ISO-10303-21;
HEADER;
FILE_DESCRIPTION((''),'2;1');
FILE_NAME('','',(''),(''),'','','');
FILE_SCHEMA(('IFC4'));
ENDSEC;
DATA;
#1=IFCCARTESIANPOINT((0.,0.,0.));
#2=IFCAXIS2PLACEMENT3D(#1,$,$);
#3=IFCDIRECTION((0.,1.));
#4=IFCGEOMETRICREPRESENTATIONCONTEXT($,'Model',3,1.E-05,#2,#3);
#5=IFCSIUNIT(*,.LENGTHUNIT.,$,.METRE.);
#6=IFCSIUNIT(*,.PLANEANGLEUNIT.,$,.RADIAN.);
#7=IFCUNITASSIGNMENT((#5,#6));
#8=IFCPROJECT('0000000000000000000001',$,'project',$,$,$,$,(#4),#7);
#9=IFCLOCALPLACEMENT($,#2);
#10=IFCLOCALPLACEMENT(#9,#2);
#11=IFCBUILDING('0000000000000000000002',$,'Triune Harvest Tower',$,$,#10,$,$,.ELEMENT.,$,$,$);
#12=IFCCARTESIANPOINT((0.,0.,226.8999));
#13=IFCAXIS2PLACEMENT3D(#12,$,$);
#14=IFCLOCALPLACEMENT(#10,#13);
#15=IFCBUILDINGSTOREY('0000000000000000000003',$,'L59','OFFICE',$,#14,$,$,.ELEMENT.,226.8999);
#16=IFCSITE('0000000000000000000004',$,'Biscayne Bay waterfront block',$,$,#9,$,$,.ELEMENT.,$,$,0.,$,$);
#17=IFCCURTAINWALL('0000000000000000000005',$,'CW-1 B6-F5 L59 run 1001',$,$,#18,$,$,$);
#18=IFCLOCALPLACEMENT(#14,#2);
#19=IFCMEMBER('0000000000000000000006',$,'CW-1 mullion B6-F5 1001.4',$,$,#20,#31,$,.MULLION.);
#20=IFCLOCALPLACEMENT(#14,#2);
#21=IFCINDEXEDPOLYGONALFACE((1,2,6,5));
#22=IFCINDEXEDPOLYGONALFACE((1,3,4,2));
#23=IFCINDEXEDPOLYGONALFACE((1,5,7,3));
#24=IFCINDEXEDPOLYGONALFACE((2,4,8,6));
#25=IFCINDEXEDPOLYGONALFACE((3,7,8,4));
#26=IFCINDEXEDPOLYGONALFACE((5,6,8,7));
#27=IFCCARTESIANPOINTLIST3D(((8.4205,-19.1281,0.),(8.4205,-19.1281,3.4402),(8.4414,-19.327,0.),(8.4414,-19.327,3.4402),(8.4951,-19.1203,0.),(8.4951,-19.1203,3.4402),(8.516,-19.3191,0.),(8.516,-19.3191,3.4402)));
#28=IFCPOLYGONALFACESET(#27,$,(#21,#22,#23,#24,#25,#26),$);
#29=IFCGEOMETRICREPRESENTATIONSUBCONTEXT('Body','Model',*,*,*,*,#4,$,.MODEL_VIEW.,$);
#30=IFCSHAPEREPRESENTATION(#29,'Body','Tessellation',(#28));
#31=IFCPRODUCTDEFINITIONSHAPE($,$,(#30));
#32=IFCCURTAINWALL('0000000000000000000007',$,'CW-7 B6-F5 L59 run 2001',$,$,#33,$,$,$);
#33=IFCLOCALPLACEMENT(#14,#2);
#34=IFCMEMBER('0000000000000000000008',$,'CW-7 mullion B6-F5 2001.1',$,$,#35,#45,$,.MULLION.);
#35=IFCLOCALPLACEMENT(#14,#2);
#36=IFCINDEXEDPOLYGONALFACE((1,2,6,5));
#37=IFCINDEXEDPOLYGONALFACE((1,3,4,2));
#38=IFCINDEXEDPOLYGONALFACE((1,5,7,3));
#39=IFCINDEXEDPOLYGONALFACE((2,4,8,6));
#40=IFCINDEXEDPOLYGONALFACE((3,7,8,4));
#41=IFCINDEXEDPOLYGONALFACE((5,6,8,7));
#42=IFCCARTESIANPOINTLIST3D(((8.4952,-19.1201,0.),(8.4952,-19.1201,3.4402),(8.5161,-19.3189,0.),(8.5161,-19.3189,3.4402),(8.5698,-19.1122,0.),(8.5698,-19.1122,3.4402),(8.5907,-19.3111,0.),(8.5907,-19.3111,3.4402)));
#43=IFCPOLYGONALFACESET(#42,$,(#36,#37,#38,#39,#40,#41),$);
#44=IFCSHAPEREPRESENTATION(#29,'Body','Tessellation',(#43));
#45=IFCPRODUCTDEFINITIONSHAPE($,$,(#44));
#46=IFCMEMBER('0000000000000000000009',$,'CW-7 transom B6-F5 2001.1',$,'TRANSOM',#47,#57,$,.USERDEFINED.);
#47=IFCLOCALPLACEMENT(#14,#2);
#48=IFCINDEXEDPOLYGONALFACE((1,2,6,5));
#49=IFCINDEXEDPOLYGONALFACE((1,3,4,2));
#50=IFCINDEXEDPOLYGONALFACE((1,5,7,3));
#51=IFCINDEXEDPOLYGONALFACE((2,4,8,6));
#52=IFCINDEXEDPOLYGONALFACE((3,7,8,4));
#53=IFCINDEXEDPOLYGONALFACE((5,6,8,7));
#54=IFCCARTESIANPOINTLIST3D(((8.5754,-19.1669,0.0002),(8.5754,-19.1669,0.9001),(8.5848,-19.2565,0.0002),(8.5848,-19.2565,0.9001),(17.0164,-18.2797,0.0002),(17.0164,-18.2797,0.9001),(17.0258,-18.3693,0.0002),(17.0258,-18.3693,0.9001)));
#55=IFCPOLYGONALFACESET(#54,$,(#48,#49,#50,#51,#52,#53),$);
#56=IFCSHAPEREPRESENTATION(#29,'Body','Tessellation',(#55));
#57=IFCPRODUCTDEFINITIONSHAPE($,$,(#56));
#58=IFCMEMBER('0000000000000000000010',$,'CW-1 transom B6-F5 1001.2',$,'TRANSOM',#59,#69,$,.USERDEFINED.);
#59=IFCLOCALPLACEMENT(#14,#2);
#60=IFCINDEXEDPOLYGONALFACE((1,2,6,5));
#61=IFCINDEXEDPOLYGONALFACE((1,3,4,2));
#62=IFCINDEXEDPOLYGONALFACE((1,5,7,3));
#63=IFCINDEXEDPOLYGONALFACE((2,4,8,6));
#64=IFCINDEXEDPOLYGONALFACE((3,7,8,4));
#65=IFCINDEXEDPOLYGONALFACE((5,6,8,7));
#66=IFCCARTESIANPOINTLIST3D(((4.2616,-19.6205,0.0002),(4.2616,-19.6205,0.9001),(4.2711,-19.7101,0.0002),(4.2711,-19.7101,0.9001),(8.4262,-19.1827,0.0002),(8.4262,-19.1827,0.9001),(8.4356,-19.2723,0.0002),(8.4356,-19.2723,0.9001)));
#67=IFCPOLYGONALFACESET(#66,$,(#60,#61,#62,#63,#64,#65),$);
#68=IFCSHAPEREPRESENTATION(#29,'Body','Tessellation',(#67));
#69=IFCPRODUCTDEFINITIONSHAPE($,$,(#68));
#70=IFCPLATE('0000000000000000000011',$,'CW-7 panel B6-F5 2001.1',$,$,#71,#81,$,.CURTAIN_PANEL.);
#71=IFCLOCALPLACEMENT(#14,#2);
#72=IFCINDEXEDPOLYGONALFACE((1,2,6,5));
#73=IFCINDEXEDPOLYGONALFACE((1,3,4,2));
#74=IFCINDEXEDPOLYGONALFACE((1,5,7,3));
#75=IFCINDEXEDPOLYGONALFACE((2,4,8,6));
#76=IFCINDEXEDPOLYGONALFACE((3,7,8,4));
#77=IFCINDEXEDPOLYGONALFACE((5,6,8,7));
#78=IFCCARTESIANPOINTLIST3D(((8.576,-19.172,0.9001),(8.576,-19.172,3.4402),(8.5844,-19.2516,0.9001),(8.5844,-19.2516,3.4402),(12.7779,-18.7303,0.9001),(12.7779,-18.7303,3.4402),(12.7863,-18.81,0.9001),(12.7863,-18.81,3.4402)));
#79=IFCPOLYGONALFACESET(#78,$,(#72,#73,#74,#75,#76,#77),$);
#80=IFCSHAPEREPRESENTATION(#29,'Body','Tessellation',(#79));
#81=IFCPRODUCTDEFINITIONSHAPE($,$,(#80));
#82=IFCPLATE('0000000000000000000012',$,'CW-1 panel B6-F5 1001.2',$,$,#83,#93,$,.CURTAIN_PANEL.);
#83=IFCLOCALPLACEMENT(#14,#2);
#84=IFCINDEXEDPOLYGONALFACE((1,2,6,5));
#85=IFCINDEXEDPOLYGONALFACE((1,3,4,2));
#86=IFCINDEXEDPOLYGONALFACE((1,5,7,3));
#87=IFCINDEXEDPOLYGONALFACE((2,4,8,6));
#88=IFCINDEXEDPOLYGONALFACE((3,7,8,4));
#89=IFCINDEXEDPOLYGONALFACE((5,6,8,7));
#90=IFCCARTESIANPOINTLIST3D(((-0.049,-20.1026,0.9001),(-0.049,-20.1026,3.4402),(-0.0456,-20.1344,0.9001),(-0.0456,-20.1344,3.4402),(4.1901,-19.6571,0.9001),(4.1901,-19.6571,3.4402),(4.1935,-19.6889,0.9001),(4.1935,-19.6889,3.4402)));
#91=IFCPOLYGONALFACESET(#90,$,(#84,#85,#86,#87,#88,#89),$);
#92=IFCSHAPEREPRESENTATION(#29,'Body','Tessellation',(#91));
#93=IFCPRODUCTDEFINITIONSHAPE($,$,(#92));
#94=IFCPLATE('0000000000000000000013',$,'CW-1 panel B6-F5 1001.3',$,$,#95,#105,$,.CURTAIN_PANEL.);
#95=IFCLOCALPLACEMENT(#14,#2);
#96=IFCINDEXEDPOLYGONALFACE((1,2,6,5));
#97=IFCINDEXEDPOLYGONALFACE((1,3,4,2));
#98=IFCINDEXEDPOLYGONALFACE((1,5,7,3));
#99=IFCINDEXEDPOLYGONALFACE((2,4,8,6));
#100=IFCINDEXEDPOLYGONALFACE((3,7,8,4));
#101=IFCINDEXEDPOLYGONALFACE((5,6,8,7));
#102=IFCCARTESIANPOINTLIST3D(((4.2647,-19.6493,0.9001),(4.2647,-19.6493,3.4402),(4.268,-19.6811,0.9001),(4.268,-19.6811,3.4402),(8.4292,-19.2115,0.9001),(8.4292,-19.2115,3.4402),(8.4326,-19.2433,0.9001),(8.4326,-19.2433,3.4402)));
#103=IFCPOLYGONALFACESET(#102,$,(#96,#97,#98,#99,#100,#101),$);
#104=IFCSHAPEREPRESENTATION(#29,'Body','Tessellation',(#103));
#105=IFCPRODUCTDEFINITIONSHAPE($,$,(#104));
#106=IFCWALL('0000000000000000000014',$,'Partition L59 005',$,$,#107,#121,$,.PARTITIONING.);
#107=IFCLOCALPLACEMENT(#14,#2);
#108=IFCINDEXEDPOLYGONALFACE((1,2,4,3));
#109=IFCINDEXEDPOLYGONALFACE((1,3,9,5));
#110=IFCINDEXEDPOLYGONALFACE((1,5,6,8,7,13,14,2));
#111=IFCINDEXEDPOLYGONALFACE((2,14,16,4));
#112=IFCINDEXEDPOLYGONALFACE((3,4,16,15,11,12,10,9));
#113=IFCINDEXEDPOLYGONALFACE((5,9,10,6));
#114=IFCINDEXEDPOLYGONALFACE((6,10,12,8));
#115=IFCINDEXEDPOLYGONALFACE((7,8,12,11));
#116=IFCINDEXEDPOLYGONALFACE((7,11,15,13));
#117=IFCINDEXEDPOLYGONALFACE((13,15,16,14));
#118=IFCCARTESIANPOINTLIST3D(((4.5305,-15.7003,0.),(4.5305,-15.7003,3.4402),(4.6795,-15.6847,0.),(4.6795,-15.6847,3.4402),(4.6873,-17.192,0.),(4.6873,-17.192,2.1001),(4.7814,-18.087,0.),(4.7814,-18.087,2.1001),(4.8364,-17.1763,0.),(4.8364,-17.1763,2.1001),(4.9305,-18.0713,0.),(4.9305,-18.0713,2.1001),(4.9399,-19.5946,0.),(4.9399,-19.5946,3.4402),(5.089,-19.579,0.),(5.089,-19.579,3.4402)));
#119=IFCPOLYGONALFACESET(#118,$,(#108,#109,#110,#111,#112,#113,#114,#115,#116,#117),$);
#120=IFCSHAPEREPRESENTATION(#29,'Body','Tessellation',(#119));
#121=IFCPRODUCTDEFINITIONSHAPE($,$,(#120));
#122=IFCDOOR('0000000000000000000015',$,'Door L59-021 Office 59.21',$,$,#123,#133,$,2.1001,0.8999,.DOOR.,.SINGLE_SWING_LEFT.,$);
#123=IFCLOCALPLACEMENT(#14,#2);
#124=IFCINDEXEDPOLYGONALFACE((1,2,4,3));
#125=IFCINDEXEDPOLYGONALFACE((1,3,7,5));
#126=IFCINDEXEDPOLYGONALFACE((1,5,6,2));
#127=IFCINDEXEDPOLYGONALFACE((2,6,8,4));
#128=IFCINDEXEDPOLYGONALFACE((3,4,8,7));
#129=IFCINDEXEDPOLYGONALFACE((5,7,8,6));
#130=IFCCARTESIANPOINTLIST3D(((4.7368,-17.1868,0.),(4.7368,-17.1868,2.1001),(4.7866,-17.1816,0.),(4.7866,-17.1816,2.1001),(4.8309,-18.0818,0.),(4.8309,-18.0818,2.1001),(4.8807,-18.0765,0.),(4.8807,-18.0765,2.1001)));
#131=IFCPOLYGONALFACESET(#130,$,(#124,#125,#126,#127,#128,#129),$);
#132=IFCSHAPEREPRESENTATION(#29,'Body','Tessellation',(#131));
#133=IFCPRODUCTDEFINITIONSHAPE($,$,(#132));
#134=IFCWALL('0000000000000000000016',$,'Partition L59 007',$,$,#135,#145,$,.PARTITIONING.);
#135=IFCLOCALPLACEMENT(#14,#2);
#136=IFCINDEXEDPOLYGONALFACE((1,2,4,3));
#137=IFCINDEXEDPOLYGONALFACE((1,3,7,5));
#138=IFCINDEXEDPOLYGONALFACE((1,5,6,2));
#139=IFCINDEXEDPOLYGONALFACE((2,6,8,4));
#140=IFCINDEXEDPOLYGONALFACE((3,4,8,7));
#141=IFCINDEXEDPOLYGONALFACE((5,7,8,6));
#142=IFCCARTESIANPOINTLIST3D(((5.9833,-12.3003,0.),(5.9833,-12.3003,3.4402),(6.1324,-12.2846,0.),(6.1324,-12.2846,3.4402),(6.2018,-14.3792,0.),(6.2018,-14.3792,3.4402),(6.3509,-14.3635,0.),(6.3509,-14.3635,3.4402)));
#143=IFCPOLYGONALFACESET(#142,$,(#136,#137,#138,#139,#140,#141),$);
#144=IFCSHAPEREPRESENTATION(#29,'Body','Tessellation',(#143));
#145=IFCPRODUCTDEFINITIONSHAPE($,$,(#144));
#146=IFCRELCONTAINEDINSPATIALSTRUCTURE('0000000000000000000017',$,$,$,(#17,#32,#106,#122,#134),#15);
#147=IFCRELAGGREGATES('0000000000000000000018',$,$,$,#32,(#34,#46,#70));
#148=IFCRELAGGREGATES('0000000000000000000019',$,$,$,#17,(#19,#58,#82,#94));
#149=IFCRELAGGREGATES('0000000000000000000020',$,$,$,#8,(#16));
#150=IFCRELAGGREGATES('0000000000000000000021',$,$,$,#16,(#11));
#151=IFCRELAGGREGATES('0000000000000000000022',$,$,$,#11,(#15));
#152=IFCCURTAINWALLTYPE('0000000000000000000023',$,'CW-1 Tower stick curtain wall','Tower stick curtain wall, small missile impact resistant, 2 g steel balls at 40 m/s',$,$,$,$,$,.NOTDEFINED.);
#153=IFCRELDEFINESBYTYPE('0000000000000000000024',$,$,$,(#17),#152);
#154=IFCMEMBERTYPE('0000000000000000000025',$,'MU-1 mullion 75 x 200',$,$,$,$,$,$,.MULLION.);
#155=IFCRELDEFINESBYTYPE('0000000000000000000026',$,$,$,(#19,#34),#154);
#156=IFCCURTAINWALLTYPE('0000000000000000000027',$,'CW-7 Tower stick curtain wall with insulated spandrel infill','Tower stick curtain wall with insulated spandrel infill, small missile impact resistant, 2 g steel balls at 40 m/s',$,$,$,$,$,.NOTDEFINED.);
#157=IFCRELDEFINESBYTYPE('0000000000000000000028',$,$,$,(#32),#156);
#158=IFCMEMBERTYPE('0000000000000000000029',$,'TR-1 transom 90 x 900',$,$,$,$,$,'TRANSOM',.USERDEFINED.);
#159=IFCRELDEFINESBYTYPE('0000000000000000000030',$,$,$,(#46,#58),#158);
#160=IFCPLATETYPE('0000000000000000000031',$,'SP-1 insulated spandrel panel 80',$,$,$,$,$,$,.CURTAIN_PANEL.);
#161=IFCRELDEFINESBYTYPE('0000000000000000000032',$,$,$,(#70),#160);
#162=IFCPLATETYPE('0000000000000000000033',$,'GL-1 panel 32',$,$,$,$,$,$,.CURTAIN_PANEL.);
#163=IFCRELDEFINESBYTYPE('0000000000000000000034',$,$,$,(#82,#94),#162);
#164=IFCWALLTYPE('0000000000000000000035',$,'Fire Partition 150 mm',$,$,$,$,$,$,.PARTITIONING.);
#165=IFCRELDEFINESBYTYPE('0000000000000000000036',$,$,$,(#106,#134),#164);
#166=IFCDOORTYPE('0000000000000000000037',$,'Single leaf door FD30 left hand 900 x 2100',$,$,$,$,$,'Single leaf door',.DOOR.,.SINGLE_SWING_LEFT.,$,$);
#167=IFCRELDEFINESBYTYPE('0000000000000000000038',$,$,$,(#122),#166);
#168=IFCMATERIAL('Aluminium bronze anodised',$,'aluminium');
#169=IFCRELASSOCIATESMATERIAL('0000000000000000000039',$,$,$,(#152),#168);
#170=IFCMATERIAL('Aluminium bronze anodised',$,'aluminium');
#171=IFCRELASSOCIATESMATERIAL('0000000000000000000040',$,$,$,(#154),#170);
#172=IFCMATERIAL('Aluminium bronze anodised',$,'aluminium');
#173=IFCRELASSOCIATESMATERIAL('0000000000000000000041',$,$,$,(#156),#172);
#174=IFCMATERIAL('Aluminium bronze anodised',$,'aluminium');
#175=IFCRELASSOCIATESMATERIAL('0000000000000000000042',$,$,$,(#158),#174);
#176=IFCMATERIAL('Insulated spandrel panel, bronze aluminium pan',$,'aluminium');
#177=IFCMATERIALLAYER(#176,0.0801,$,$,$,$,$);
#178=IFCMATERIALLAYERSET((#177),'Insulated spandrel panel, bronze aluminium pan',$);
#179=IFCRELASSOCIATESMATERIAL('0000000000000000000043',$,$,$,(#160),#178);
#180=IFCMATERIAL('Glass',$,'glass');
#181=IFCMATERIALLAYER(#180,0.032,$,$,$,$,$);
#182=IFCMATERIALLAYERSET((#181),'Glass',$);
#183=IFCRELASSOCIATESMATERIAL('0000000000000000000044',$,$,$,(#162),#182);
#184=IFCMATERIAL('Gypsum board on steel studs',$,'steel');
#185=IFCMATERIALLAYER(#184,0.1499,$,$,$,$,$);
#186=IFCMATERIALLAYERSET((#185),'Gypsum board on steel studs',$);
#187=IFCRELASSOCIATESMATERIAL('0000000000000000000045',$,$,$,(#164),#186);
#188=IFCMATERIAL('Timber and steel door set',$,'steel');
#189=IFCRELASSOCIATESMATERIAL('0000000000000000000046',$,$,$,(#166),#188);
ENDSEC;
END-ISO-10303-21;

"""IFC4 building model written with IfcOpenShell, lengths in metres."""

from ifc_helpers import new_model, si_unit, direction, frame, frame_2d, origin, origin_2d, place, context, subcontext, project, spatial, rectangle, extrude, source, transform, mapped, material, layer, layer_set, material_profile, profile_set, type_object, element, fill, aggregate, save


model = new_model("IFC4")

# Units and contexts
model_context = context("Model", 3, precision=1e-05, world=origin(), true_north=direction((0.0, 1.0)))
body_context = subcontext(model_context, "Body", "Model", "MODEL_VIEW")
ifc_project = project(units=[si_unit("LENGTHUNIT", "METRE"), si_unit("PLANEANGLEUNIT", "RADIAN")], contexts=[model_context])

# Site, building, storey
site_placement = place(None, origin())
site = spatial("IfcSite", under=ifc_project, at=site_placement, Name="Biscayne Bay waterfront block", CompositionType="ELEMENT", RefElevation=0.0)
building_placement = place(site_placement, origin())
building = spatial("IfcBuilding", under=site, at=building_placement, Name="Triune Harvest Tower", CompositionType="ELEMENT")
storey_placement = place(building_placement, frame((0.0, 0.0, 226.8999)))
storey = spatial("IfcBuildingStorey", under=building, at=storey_placement, Name="L59", Description="OFFICE", CompositionType="ELEMENT", Elevation=226.8999)

# Curtain walls, members
ifc_material_1 = material(Name="Aluminium bronze anodised", Category="aluminium")
curtain_wall_type_1 = type_object("IfcCurtainWallType", Name="CW-1 Tower stick curtain wall", Description="Tower stick curtain wall, small missile impact resistant, 2 g steel balls at 40 m/s", PredefinedType="NOTDEFINED", material=ifc_material_1)
curtain_wall_1_placement = place(storey_placement, origin())
curtain_wall_1 = element("IfcCurtainWall", 1, at=curtain_wall_1_placement, inside=storey, type_object=curtain_wall_type_1, Name="CW-1 B6-F5 L59 run 1001")
ifc_material_2 = material(Name="Aluminium bronze anodised", Category="aluminium")
ifc_material_profile_1 = material_profile(ifc_material_2, rectangle(XDim=0.2, YDim=0.075, at=origin_2d()), Name="MU-1 mullion 75 x 200")
ifc_profile_set_1 = profile_set([ifc_material_profile_1], Name="Aluminium bronze anodised")
member_type_1 = type_object("IfcMemberType", Name="MU-1 mullion 75 x 200", PredefinedType="MULLION", material=ifc_profile_set_1)
shared_shape_1 = source(origin(), body_context, "Body", "SweptSolid", [
    extrude(rectangle(XDim=0.2, YDim=0.075, at=origin_2d()), origin(), (0.0, 0.0, 1.0), 3.4402),
])
member_1_placement = place(storey_placement, frame((8.4683, -19.2236, 0.0), z_axis=(0.0, 0.0, 1.0), x_axis=(-0.104535, 0.994521, 0.0)))
member_1 = element("IfcMember", 2, at=member_1_placement, type_object=member_type_1, Name="CW-1 mullion B6-F5 1001.4", PredefinedType="MULLION", context=body_context, shape_type="MappedRepresentation", body=[
    mapped(shared_shape_1, transform((0.0, 0.0, 0.0), scale=1.0)),
])
ifc_material_3 = material(Name="Aluminium bronze anodised", Category="aluminium")
curtain_wall_type_2 = type_object("IfcCurtainWallType", Name="CW-7 Tower stick curtain wall with insulated spandrel infill", Description="Tower stick curtain wall with insulated spandrel infill, small missile impact resistant, 2 g steel balls at 40 m/s", PredefinedType="NOTDEFINED", material=ifc_material_3)
curtain_wall_2_placement = place(storey_placement, origin())
curtain_wall_2 = element("IfcCurtainWall", 3, at=curtain_wall_2_placement, inside=storey, type_object=curtain_wall_type_2, Name="CW-7 B6-F5 L59 run 2001")
member_2_placement = place(storey_placement, frame((8.543, -19.2156, 0.0), z_axis=(0.0, 0.0, 1.0), x_axis=(-0.104528, 0.994522, 0.0)))
member_2 = element("IfcMember", 4, at=member_2_placement, type_object=member_type_1, Name="CW-7 mullion B6-F5 2001.1", PredefinedType="MULLION", context=body_context, shape_type="MappedRepresentation", body=[
    mapped(shared_shape_1, transform((0.0, 0.0, 0.0), scale=1.0)),
])
ifc_material_4 = material(Name="Aluminium bronze anodised", Category="aluminium")
ifc_material_profile_2 = material_profile(ifc_material_4, rectangle(XDim=0.0901, YDim=0.8999, at=origin_2d()), Name="TR-1 transom 90 x 900")
ifc_profile_set_2 = profile_set([ifc_material_profile_2], Name="Aluminium bronze anodised")
member_type_2 = type_object("IfcMemberType", Name="TR-1 transom 90 x 900", ElementType="TRANSOM", PredefinedType="USERDEFINED", material=ifc_profile_set_2)
shared_shape_2 = source(origin(), body_context, "Body", "SweptSolid", [
    extrude(rectangle(XDim=0.0901, YDim=0.8999, at=origin_2d()), origin(), (0.0, 0.0, 1.0), 8.4875),
])
member_3_placement = place(storey_placement, frame((8.5801, -19.2117, 0.4502), z_axis=(0.994522, 0.104529, 0.0), x_axis=(-0.104529, 0.994522, 0.0)))
member_3 = element("IfcMember", 5, at=member_3_placement, type_object=member_type_2, Name="CW-7 transom B6-F5 2001.1", ObjectType="TRANSOM", PredefinedType="USERDEFINED", context=body_context, shape_type="MappedRepresentation", body=[
    mapped(shared_shape_2, transform((0.0, 0.0, 0.0), scale=1.0)),
])

# Member
shared_shape_3 = source(origin(), body_context, "Body", "SweptSolid", [
    extrude(rectangle(XDim=0.0901, YDim=0.8999, at=origin_2d()), origin(), (0.0, 0.0, 1.0), 4.1875),
])
member_4_placement = place(storey_placement, frame((4.2664, -19.6653, 0.4502), z_axis=(0.994521, 0.104536, 0.0), x_axis=(-0.104536, 0.994521, 0.0)))
member_4 = element("IfcMember", 6, at=member_4_placement, type_object=member_type_2, Name="CW-1 transom B6-F5 1001.2", ObjectType="TRANSOM", PredefinedType="USERDEFINED", context=body_context, shape_type="MappedRepresentation", body=[
    mapped(shared_shape_3, transform((0.0, 0.0, 0.0), scale=1.0)),
])

# Plates
ifc_material_5 = material(Name="Insulated spandrel panel, bronze aluminium pan", Category="aluminium")
ifc_layer_1 = layer(ifc_material_5, 0.0801)
ifc_layer_set_1 = layer_set([ifc_layer_1], Name="Insulated spandrel panel, bronze aluminium pan")
plate_type_1 = type_object("IfcPlateType", Name="SP-1 insulated spandrel panel 80", PredefinedType="CURTAIN_PANEL", material=ifc_layer_set_1)
shared_shape_4 = source(origin(), body_context, "Body", "SweptSolid", [
    extrude(rectangle(XDim=4.2251, YDim=0.0801, at=origin_2d()), origin(), (0.0, 0.0, 1.0), 2.54),
])
plate_1_placement = place(storey_placement, frame((10.6812, -18.991, 0.9001), z_axis=(0.0, 0.0, 1.0), x_axis=(0.994522, 0.104528, 0.0)))
plate_1 = element("IfcPlate", 7, at=plate_1_placement, type_object=plate_type_1, Name="CW-7 panel B6-F5 2001.1", PredefinedType="CURTAIN_PANEL", context=body_context, shape_type="MappedRepresentation", body=[
    mapped(shared_shape_4, transform((0.0, 0.0, 0.0), scale=1.0)),
])
aggregate(curtain_wall_2, [member_2, member_3, plate_1])
ifc_material_6 = material(Name="Glass", Category="glass")
ifc_layer_2 = layer(ifc_material_6, 0.032)
ifc_layer_set_2 = layer_set([ifc_layer_2], Name="Glass")
plate_type_2 = type_object("IfcPlateType", Name="GL-1 panel 32", PredefinedType="CURTAIN_PANEL", material=ifc_layer_set_2)
shared_shape_5 = source(origin(), body_context, "Body", "SweptSolid", [
    extrude(rectangle(XDim=4.2625, YDim=0.032, at=origin_2d()), origin(), (0.0, 0.0, 1.0), 2.54),
])
plate_2_placement = place(storey_placement, frame((2.0723, -19.8958, 0.9001), z_axis=(0.0, 0.0, 1.0), x_axis=(0.994521, 0.104535, 0.0)))
plate_2 = element("IfcPlate", 8, at=plate_2_placement, type_object=plate_type_2, Name="CW-1 panel B6-F5 1001.2", PredefinedType="CURTAIN_PANEL", context=body_context, shape_type="MappedRepresentation", body=[
    mapped(shared_shape_5, transform((0.0, 0.0, 0.0), scale=1.0)),
])
shared_shape_6 = source(origin(), body_context, "Body", "SweptSolid", [
    extrude(rectangle(XDim=4.1875, YDim=0.032, at=origin_2d()), origin(), (0.0, 0.0, 1.0), 2.54),
])
plate_3_placement = place(storey_placement, frame((6.3486, -19.4463, 0.9001), z_axis=(0.0, 0.0, 1.0), x_axis=(0.994521, 0.104535, 0.0)))
plate_3 = element("IfcPlate", 9, at=plate_3_placement, type_object=plate_type_2, Name="CW-1 panel B6-F5 1001.3", PredefinedType="CURTAIN_PANEL", context=body_context, shape_type="MappedRepresentation", body=[
    mapped(shared_shape_6, transform((0.0, 0.0, 0.0), scale=1.0)),
])
aggregate(curtain_wall_1, [member_1, member_4, plate_2, plate_3])

# Wall, opening, door
ifc_material_7 = material(Name="Gypsum board on steel studs", Category="steel")
ifc_layer_3 = layer(ifc_material_7, 0.1499)
ifc_layer_set_3 = layer_set([ifc_layer_3], Name="Gypsum board on steel studs")
wall_type_1 = type_object("IfcWallType", Name="Fire Partition 150 mm", PredefinedType="PARTITIONING", material=ifc_layer_set_3)
wall_1_placement = place(storey_placement, frame((4.605, -15.6924, 0.0), z_axis=(0.0, 0.0, 1.0), x_axis=(0.104558, -0.994519, 0.0)))
wall_1 = element("IfcWall", 10, at=wall_1_placement, inside=storey, type_object=wall_type_1, Name="Partition L59 005", PredefinedType="PARTITIONING", context=body_context, shape_type="SweptSolid", body=[
    extrude(rectangle(XDim=3.9158, YDim=0.1499, at=frame_2d((1.958, 0.0))), origin(), (0.0, 0.0, 1.0), 3.4402),
])
opening_1_placement = place(wall_1_placement, frame((1.5, 0.0, 0.0)))
opening_1 = element("IfcOpeningElement", 11, at=opening_1_placement, cuts=wall_1, PredefinedType="OPENING", context=body_context, shape_type="SweptSolid", body=[
    extrude(rectangle(XDim=0.8999, YDim=2.1001, at=frame_2d((0.45, 1.05))), frame((0.0, 0.085, 0.0), z_axis=(0.0, -1.0, 0.0), x_axis=(1.0, 0.0, 0.0)), (0.0, 0.0, 1.0), 0.1699),
])
ifc_material_8 = material(Name="Timber and steel door set", Category="steel")
door_type_1 = type_object("IfcDoorType", Name="Single leaf door FD30 left hand 900 x 2100", ElementType="Single leaf door", OperationType="SINGLE_SWING_LEFT", PredefinedType="DOOR", material=ifc_material_8)
door_1_placement = place(opening_1_placement, origin())
door_1 = element("IfcDoor", 12, at=door_1_placement, inside=storey, type_object=door_type_1, Name="Door L59-021 Office 59.21", OperationType="SINGLE_SWING_LEFT", OverallHeight=2.1001, OverallWidth=0.8999, PredefinedType="DOOR", context=body_context, shape_type="SweptSolid", body=[
    extrude(rectangle(XDim=0.8999, YDim=2.1001, at=frame_2d((0.45, 1.05))), frame((0.0, 0.0249, 0.0), z_axis=(0.0, -1.0, 0.0), x_axis=(1.0, 0.0, 0.0)), (0.0, 0.0, 1.0), 0.05),
])
fill(opening_1, door_1)

# Wall
wall_2_placement = place(storey_placement, frame((6.0579, -12.2925, 0.0), z_axis=(0.0, 0.0, 1.0), x_axis=(0.104533, -0.994521, 0.0)))
element("IfcWall", 13, at=wall_2_placement, inside=storey, type_object=wall_type_1, Name="Partition L59 007", PredefinedType="PARTITIONING", context=body_context, shape_type="SweptSolid", body=[
    extrude(rectangle(XDim=2.0903, YDim=0.1499, at=frame_2d((1.0452, 0.0))), origin(), (0.0, 0.0, 1.0), 3.4402),
])

save(model, "model.ifc")
